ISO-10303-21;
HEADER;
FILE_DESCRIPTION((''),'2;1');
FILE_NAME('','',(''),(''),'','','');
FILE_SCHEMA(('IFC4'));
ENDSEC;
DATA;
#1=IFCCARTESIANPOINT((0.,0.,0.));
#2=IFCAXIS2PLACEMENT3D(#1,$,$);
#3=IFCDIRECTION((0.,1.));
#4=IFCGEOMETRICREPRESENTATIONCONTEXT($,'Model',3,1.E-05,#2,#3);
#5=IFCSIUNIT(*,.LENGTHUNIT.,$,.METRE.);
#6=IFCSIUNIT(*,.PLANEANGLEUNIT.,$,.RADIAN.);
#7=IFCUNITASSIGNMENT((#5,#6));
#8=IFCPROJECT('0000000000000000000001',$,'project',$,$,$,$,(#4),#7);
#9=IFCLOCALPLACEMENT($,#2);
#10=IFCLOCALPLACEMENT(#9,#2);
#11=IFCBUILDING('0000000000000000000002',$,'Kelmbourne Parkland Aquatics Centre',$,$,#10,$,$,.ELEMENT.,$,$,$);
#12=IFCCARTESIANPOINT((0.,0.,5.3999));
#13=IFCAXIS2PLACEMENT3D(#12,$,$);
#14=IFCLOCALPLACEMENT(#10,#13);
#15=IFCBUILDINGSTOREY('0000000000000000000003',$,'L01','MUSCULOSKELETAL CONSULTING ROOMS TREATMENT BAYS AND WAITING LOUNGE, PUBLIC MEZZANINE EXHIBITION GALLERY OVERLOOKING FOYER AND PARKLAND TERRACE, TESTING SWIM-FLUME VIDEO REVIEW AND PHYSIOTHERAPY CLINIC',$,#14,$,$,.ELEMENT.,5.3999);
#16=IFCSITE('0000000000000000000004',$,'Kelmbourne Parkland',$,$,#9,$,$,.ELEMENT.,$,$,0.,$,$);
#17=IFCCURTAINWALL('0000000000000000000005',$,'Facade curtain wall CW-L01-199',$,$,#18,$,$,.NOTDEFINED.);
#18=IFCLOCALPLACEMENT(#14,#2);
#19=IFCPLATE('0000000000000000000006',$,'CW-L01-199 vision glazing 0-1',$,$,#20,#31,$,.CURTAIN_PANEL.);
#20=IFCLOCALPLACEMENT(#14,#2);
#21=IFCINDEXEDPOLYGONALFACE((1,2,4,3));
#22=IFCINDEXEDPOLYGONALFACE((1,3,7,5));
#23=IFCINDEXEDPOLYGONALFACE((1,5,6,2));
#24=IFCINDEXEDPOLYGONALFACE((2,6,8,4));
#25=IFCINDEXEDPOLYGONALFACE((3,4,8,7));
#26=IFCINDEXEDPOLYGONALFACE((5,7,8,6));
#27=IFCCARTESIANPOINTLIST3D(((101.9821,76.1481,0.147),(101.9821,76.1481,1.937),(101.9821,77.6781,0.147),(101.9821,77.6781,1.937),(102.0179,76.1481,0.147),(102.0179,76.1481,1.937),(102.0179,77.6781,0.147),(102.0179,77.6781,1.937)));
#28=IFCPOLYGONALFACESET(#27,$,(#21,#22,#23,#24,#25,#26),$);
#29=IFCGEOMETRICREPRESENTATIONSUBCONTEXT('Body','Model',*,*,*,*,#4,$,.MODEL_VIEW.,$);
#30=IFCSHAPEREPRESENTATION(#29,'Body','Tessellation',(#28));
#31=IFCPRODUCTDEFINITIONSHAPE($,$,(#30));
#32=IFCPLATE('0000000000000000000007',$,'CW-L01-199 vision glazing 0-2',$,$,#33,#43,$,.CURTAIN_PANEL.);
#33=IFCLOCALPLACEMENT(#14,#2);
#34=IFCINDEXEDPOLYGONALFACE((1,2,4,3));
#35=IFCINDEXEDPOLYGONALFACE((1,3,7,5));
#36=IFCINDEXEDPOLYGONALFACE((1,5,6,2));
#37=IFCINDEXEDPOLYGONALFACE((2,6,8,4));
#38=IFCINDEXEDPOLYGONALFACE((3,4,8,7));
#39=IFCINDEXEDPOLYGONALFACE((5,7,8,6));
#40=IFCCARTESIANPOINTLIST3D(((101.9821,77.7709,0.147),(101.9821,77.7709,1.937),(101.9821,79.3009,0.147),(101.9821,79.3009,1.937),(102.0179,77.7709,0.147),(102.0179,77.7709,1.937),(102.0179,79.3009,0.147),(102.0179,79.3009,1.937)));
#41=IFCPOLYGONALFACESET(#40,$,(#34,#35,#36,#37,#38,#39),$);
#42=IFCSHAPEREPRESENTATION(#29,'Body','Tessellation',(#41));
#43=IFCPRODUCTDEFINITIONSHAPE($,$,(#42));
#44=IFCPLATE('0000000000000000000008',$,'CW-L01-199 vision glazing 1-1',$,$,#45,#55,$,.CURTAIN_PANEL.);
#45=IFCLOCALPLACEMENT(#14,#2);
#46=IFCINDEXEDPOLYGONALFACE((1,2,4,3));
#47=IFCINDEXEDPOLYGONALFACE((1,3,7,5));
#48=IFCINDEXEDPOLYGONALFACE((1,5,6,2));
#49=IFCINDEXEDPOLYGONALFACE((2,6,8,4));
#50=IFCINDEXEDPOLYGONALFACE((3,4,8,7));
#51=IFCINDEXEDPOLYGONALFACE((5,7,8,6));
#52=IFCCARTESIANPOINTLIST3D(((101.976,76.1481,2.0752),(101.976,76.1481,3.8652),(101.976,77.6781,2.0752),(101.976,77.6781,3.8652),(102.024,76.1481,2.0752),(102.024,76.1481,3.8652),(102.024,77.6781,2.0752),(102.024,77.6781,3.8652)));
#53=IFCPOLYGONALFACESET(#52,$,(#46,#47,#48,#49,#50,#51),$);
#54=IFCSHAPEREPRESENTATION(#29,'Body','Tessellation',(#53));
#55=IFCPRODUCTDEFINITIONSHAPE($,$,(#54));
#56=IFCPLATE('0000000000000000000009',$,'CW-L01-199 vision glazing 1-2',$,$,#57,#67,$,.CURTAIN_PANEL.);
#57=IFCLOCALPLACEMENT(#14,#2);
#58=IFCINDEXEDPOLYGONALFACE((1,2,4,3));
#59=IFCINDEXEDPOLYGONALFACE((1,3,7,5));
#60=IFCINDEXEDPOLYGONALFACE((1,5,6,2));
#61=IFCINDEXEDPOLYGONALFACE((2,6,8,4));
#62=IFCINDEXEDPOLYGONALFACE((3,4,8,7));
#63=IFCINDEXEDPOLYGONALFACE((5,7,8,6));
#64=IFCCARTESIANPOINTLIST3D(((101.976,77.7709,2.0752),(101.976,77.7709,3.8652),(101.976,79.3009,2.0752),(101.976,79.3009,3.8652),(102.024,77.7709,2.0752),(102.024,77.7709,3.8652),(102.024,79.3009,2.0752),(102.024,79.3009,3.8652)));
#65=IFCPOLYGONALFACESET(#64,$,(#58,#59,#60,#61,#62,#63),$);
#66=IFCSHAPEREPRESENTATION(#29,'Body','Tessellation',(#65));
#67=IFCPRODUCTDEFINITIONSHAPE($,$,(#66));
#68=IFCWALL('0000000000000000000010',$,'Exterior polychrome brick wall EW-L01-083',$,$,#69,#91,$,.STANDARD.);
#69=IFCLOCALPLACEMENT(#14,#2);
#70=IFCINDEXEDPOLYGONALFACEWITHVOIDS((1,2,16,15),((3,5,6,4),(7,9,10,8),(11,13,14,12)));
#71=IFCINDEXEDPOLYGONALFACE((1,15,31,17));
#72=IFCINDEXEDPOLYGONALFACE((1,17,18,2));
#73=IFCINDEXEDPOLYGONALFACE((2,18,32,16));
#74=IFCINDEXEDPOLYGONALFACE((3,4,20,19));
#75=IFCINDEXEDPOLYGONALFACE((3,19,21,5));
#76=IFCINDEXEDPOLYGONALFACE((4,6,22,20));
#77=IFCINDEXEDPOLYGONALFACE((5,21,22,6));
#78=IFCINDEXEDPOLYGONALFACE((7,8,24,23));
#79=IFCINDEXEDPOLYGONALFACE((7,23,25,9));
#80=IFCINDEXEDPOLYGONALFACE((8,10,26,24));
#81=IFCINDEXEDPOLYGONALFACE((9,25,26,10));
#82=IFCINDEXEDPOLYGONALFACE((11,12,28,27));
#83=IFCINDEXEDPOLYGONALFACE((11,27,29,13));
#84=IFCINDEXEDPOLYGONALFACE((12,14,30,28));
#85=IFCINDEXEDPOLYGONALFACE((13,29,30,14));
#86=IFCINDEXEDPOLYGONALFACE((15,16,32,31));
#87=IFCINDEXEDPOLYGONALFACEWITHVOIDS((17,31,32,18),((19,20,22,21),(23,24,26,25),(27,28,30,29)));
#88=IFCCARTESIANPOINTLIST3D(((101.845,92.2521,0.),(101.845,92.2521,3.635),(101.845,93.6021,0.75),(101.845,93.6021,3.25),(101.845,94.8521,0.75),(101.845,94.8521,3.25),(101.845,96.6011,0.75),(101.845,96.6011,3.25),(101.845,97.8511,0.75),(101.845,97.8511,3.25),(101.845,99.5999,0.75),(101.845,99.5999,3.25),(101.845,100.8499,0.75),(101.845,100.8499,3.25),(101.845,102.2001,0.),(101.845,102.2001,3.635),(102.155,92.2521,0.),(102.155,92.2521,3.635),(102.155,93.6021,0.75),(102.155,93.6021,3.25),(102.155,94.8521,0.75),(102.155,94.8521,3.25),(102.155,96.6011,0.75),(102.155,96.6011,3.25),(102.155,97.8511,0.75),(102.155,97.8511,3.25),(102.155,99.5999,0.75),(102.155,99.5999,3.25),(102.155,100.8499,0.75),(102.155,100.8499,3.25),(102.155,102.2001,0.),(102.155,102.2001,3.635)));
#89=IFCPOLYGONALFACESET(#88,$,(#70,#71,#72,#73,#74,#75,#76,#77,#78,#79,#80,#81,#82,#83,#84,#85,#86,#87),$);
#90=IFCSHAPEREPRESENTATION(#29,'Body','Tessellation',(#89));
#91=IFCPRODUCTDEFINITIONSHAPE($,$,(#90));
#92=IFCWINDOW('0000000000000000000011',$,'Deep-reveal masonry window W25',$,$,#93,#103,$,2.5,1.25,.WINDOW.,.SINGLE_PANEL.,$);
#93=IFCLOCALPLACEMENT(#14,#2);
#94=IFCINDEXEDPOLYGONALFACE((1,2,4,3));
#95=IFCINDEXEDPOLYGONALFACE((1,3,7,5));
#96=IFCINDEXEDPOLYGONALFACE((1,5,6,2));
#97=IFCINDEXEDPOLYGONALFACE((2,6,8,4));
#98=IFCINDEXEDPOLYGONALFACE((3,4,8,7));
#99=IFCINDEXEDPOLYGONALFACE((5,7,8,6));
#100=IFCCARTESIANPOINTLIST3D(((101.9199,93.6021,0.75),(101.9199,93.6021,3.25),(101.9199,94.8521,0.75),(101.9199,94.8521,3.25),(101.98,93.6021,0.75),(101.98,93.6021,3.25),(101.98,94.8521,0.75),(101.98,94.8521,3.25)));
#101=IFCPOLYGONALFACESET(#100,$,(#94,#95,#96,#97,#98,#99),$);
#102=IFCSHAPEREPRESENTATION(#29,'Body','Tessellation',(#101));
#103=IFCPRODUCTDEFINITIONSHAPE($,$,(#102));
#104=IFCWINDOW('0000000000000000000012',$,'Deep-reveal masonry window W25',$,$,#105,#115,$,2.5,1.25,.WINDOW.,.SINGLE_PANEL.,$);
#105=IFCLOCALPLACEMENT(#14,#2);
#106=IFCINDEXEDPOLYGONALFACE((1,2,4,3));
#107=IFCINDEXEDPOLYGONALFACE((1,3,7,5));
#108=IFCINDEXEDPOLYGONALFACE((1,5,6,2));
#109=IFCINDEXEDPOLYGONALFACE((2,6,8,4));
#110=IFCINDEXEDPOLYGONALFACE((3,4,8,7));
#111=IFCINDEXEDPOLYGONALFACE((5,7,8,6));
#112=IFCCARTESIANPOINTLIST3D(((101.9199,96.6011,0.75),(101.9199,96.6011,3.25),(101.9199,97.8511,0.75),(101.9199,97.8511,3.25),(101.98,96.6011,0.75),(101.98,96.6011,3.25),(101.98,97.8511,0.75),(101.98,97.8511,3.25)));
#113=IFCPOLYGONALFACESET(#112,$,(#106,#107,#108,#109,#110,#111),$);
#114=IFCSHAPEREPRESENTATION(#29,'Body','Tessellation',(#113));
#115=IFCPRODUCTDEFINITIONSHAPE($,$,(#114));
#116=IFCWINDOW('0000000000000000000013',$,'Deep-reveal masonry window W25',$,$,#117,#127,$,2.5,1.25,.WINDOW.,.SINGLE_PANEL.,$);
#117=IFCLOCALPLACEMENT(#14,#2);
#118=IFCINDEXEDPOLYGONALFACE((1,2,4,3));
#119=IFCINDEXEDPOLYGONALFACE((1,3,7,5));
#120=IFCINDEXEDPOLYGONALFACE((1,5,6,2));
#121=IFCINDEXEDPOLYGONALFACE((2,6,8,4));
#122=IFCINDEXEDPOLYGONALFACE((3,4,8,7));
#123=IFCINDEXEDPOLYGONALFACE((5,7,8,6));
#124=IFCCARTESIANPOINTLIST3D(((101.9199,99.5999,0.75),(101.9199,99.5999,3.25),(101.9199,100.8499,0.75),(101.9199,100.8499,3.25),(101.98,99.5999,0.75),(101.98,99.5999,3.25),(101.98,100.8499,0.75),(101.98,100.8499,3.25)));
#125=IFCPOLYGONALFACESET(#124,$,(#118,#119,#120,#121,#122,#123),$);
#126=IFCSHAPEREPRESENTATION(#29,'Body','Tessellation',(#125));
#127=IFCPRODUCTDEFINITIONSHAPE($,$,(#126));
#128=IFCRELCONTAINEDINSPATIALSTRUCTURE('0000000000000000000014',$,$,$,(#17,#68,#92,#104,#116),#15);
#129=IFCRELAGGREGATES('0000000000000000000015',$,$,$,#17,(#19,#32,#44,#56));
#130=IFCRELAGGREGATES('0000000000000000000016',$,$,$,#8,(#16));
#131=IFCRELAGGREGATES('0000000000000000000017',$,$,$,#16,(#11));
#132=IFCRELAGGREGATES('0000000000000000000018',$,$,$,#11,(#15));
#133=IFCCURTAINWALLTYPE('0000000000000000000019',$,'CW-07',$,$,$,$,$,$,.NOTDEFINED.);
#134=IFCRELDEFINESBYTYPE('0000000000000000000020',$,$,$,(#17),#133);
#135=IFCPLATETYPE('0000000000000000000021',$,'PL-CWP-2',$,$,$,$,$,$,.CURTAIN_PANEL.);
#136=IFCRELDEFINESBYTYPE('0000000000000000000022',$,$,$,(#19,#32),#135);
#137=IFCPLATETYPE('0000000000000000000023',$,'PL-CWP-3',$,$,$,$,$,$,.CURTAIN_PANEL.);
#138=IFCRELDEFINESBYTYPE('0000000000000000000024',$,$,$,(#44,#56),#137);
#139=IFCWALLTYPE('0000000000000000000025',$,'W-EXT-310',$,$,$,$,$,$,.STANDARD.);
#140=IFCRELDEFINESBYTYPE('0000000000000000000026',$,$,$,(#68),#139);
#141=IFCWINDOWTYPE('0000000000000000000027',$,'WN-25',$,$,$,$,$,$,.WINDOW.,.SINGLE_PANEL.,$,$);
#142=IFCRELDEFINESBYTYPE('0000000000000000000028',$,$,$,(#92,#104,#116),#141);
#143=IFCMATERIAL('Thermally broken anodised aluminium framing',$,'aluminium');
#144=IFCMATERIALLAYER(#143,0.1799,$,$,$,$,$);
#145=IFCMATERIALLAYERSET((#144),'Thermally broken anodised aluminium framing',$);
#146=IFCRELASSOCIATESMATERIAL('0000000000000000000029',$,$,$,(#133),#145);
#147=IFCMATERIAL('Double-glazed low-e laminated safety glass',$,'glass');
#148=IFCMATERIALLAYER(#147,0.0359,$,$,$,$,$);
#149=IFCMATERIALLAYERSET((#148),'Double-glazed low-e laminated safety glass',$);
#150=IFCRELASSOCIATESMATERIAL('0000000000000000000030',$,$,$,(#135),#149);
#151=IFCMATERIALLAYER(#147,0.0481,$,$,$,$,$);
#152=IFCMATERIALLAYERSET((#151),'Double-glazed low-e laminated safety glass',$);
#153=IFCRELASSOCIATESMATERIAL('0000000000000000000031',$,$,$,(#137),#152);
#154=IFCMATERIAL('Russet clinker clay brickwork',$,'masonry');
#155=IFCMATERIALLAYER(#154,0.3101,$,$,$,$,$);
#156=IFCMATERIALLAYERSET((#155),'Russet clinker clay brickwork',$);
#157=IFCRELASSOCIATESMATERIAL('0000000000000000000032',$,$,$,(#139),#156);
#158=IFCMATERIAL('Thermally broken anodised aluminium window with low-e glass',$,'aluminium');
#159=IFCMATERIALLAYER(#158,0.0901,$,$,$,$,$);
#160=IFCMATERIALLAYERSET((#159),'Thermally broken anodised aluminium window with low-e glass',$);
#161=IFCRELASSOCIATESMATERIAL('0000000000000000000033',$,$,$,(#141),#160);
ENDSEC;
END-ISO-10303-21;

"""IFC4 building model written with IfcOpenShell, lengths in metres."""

from ifc_helpers import new_model, si_unit, direction, frame, frame_2d, origin, origin_2d, place, context, subcontext, project, spatial, rectangle, extrude, material, layer, layer_set, type_object, element, fill, aggregate, save


model = new_model("IFC4")

# Units and contexts
model_context = context("Model", 3, precision=1e-05, world=origin(), true_north=direction((0.0, 1.0)))
body_context = subcontext(model_context, "Body", "Model", "MODEL_VIEW")
ifc_project = project(units=[si_unit("LENGTHUNIT", "METRE"), si_unit("PLANEANGLEUNIT", "RADIAN")], contexts=[model_context])

# Site, building, storey
site_placement = place(None, origin())
site = spatial("IfcSite", under=ifc_project, at=site_placement, Name="Kelmbourne Parkland", CompositionType="ELEMENT", RefElevation=0.0)
building_placement = place(site_placement, origin())
building = spatial("IfcBuilding", under=site, at=building_placement, Name="Kelmbourne Parkland Aquatics Centre", CompositionType="ELEMENT")
storey_placement = place(building_placement, frame((0.0, 0.0, 5.3999)))
storey = spatial("IfcBuildingStorey", under=building, at=storey_placement, Name="L01", Description="MUSCULOSKELETAL CONSULTING ROOMS TREATMENT BAYS AND WAITING LOUNGE, PUBLIC MEZZANINE EXHIBITION GALLERY OVERLOOKING FOYER AND PARKLAND TERRACE, TESTING SWIM-FLUME VIDEO REVIEW AND PHYSIOTHERAPY CLINIC", CompositionType="ELEMENT", Elevation=5.3999)

# Curtain wall, plates
ifc_material_1 = material(Name="Thermally broken anodised aluminium framing", Category="aluminium")
ifc_layer_1 = layer(ifc_material_1, 0.1799)
ifc_layer_set_1 = layer_set([ifc_layer_1], Name="Thermally broken anodised aluminium framing")
curtain_wall_type = type_object("IfcCurtainWallType", Name="CW-07", PredefinedType="NOTDEFINED", material=ifc_layer_set_1)
curtain_wall_placement = place(storey_placement, origin())
curtain_wall = element("IfcCurtainWall", 1, at=curtain_wall_placement, inside=storey, type_object=curtain_wall_type, Name="Facade curtain wall CW-L01-199", PredefinedType="NOTDEFINED")
ifc_material_2 = material(Name="Double-glazed low-e laminated safety glass", Category="glass")
ifc_layer_2 = layer(ifc_material_2, 0.0359)
ifc_layer_set_2 = layer_set([ifc_layer_2], Name="Double-glazed low-e laminated safety glass")
plate_type_1 = type_object("IfcPlateType", Name="PL-CWP-2", PredefinedType="CURTAIN_PANEL", material=ifc_layer_set_2)
plate_1_placement = place(storey_placement, frame((102.0, 76.9131, 0.147), z_axis=(0.0, 0.0, 1.0), x_axis=(0.0, 1.0, 0.0)))
plate_1 = element("IfcPlate", 2, at=plate_1_placement, type_object=plate_type_1, Name="CW-L01-199 vision glazing 0-1", PredefinedType="CURTAIN_PANEL", context=body_context, shape_type="SweptSolid", body=[
    extrude(rectangle(XDim=1.53, YDim=0.0359, at=origin_2d()), origin(), (0.0, 0.0, 1.0), 1.79),
])
plate_2_placement = place(storey_placement, frame((102.0, 78.5359, 0.147), z_axis=(0.0, 0.0, 1.0), x_axis=(0.0, 1.0, 0.0)))
plate_2 = element("IfcPlate", 3, at=plate_2_placement, type_object=plate_type_1, Name="CW-L01-199 vision glazing 0-2", PredefinedType="CURTAIN_PANEL", context=body_context, shape_type="SweptSolid", body=[
    extrude(rectangle(XDim=1.53, YDim=0.0359, at=origin_2d()), origin(), (0.0, 0.0, 1.0), 1.79),
])
ifc_layer_3 = layer(ifc_material_2, 0.0481)
ifc_layer_set_3 = layer_set([ifc_layer_3], Name="Double-glazed low-e laminated safety glass")
plate_type_2 = type_object("IfcPlateType", Name="PL-CWP-3", PredefinedType="CURTAIN_PANEL", material=ifc_layer_set_3)
plate_3_placement = place(storey_placement, frame((102.0, 76.9131, 2.0752), z_axis=(0.0, 0.0, 1.0), x_axis=(0.0, 1.0, 0.0)))
plate_3 = element("IfcPlate", 4, at=plate_3_placement, type_object=plate_type_2, Name="CW-L01-199 vision glazing 1-1", PredefinedType="CURTAIN_PANEL", context=body_context, shape_type="SweptSolid", body=[
    extrude(rectangle(XDim=1.53, YDim=0.0481, at=origin_2d()), origin(), (0.0, 0.0, 1.0), 1.79),
])
plate_4_placement = place(storey_placement, frame((102.0, 78.5359, 2.0752), z_axis=(0.0, 0.0, 1.0), x_axis=(0.0, 1.0, 0.0)))
plate_4 = element("IfcPlate", 5, at=plate_4_placement, type_object=plate_type_2, Name="CW-L01-199 vision glazing 1-2", PredefinedType="CURTAIN_PANEL", context=body_context, shape_type="SweptSolid", body=[
    extrude(rectangle(XDim=1.53, YDim=0.0481, at=origin_2d()), origin(), (0.0, 0.0, 1.0), 1.79),
])
aggregate(curtain_wall, [plate_1, plate_2, plate_3, plate_4])

# Wall, openings, windows
ifc_material_3 = material(Name="Russet clinker clay brickwork", Category="masonry")
ifc_layer_4 = layer(ifc_material_3, 0.3101)
ifc_layer_set_4 = layer_set([ifc_layer_4], Name="Russet clinker clay brickwork")
wall_type_1 = type_object("IfcWallType", Name="W-EXT-310", PredefinedType="STANDARD", material=ifc_layer_set_4)
wall_1_placement = place(storey_placement, frame((102.0, 92.252, 0.0), z_axis=(0.0, 0.0, 1.0), x_axis=(0.0, 1.0, 0.0)))
wall_1 = element("IfcWall", 6, at=wall_1_placement, inside=storey, type_object=wall_type_1, Name="Exterior polychrome brick wall EW-L01-083", PredefinedType="STANDARD", context=body_context, shape_type="SweptSolid", body=[
    extrude(rectangle(XDim=9.948, YDim=0.3101, at=frame_2d((4.9741, 0.0))), origin(), (0.0, 0.0, 1.0), 3.635),
])
opening_1_placement = place(wall_1_placement, frame((1.3501, 0.0, 0.75)))
opening_1 = element("IfcOpeningElement", 7, at=opening_1_placement, cuts=wall_1, PredefinedType="OPENING", context=body_context, shape_type="SweptSolid", body=[
    extrude(rectangle(XDim=1.25, YDim=2.5, at=frame_2d((0.625, 1.25))), frame((0.0, 0.167, 0.0), z_axis=(0.0, -1.0, 0.0), x_axis=(1.0, 0.0, 0.0)), (0.0, 0.0, 1.0), 0.334),
])
opening_2_placement = place(wall_1_placement, frame((4.3491, 0.0, 0.75)))
opening_2 = element("IfcOpeningElement", 8, at=opening_2_placement, cuts=wall_1, PredefinedType="OPENING", context=body_context, shape_type="SweptSolid", body=[
    extrude(rectangle(XDim=1.25, YDim=2.5, at=frame_2d((0.625, 1.25))), frame((0.0, 0.167, 0.0), z_axis=(0.0, -1.0, 0.0), x_axis=(1.0, 0.0, 0.0)), (0.0, 0.0, 1.0), 0.334),
])
opening_3_placement = place(wall_1_placement, frame((7.3479, 0.0, 0.75)))
opening_3 = element("IfcOpeningElement", 9, at=opening_3_placement, cuts=wall_1, PredefinedType="OPENING", context=body_context, shape_type="SweptSolid", body=[
    extrude(rectangle(XDim=1.25, YDim=2.5, at=frame_2d((0.625, 1.25))), frame((0.0, 0.167, 0.0), z_axis=(0.0, -1.0, 0.0), x_axis=(1.0, 0.0, 0.0)), (0.0, 0.0, 1.0), 0.334),
])
ifc_material_4 = material(Name="Thermally broken anodised aluminium window with low-e glass", Category="aluminium")
ifc_layer_5 = layer(ifc_material_4, 0.0901)
ifc_layer_set_5 = layer_set([ifc_layer_5], Name="Thermally broken anodised aluminium window with low-e glass")
window_type_1 = type_object("IfcWindowType", Name="WN-25", PartitioningType="SINGLE_PANEL", PredefinedType="WINDOW", material=ifc_layer_set_5)
window_1_placement = place(opening_1_placement, origin())
window_1 = element("IfcWindow", 10, at=window_1_placement, inside=storey, type_object=window_type_1, Name="Deep-reveal masonry window W25", OverallHeight=2.5, OverallWidth=1.25, PartitioningType="SINGLE_PANEL", PredefinedType="WINDOW", context=body_context, shape_type="SweptSolid", body=[
    extrude(rectangle(XDim=1.25, YDim=2.5, at=frame_2d((0.625, 1.25))), frame((0.0, 0.0801, 0.0), z_axis=(0.0, -1.0, 0.0), x_axis=(1.0, 0.0, 0.0)), (0.0, 0.0, 1.0), 0.0601),
])
fill(opening_1, window_1)
window_2_placement = place(opening_2_placement, origin())
window_2 = element("IfcWindow", 11, at=window_2_placement, inside=storey, type_object=window_type_1, Name="Deep-reveal masonry window W25", OverallHeight=2.5, OverallWidth=1.25, PartitioningType="SINGLE_PANEL", PredefinedType="WINDOW", context=body_context, shape_type="SweptSolid", body=[
    extrude(rectangle(XDim=1.25, YDim=2.5, at=frame_2d((0.625, 1.25))), frame((0.0, 0.0801, 0.0), z_axis=(0.0, -1.0, 0.0), x_axis=(1.0, 0.0, 0.0)), (0.0, 0.0, 1.0), 0.0601),
])
fill(opening_2, window_2)
window_3_placement = place(opening_3_placement, origin())
window_3 = element("IfcWindow", 12, at=window_3_placement, inside=storey, type_object=window_type_1, Name="Deep-reveal masonry window W25", OverallHeight=2.5, OverallWidth=1.25, PartitioningType="SINGLE_PANEL", PredefinedType="WINDOW", context=body_context, shape_type="SweptSolid", body=[
    extrude(rectangle(XDim=1.25, YDim=2.5, at=frame_2d((0.625, 1.25))), frame((0.0, 0.0801, 0.0), z_axis=(0.0, -1.0, 0.0), x_axis=(1.0, 0.0, 0.0)), (0.0, 0.0, 1.0), 0.0601),
])
fill(opening_3, window_3)

save(model, "model.ifc")
